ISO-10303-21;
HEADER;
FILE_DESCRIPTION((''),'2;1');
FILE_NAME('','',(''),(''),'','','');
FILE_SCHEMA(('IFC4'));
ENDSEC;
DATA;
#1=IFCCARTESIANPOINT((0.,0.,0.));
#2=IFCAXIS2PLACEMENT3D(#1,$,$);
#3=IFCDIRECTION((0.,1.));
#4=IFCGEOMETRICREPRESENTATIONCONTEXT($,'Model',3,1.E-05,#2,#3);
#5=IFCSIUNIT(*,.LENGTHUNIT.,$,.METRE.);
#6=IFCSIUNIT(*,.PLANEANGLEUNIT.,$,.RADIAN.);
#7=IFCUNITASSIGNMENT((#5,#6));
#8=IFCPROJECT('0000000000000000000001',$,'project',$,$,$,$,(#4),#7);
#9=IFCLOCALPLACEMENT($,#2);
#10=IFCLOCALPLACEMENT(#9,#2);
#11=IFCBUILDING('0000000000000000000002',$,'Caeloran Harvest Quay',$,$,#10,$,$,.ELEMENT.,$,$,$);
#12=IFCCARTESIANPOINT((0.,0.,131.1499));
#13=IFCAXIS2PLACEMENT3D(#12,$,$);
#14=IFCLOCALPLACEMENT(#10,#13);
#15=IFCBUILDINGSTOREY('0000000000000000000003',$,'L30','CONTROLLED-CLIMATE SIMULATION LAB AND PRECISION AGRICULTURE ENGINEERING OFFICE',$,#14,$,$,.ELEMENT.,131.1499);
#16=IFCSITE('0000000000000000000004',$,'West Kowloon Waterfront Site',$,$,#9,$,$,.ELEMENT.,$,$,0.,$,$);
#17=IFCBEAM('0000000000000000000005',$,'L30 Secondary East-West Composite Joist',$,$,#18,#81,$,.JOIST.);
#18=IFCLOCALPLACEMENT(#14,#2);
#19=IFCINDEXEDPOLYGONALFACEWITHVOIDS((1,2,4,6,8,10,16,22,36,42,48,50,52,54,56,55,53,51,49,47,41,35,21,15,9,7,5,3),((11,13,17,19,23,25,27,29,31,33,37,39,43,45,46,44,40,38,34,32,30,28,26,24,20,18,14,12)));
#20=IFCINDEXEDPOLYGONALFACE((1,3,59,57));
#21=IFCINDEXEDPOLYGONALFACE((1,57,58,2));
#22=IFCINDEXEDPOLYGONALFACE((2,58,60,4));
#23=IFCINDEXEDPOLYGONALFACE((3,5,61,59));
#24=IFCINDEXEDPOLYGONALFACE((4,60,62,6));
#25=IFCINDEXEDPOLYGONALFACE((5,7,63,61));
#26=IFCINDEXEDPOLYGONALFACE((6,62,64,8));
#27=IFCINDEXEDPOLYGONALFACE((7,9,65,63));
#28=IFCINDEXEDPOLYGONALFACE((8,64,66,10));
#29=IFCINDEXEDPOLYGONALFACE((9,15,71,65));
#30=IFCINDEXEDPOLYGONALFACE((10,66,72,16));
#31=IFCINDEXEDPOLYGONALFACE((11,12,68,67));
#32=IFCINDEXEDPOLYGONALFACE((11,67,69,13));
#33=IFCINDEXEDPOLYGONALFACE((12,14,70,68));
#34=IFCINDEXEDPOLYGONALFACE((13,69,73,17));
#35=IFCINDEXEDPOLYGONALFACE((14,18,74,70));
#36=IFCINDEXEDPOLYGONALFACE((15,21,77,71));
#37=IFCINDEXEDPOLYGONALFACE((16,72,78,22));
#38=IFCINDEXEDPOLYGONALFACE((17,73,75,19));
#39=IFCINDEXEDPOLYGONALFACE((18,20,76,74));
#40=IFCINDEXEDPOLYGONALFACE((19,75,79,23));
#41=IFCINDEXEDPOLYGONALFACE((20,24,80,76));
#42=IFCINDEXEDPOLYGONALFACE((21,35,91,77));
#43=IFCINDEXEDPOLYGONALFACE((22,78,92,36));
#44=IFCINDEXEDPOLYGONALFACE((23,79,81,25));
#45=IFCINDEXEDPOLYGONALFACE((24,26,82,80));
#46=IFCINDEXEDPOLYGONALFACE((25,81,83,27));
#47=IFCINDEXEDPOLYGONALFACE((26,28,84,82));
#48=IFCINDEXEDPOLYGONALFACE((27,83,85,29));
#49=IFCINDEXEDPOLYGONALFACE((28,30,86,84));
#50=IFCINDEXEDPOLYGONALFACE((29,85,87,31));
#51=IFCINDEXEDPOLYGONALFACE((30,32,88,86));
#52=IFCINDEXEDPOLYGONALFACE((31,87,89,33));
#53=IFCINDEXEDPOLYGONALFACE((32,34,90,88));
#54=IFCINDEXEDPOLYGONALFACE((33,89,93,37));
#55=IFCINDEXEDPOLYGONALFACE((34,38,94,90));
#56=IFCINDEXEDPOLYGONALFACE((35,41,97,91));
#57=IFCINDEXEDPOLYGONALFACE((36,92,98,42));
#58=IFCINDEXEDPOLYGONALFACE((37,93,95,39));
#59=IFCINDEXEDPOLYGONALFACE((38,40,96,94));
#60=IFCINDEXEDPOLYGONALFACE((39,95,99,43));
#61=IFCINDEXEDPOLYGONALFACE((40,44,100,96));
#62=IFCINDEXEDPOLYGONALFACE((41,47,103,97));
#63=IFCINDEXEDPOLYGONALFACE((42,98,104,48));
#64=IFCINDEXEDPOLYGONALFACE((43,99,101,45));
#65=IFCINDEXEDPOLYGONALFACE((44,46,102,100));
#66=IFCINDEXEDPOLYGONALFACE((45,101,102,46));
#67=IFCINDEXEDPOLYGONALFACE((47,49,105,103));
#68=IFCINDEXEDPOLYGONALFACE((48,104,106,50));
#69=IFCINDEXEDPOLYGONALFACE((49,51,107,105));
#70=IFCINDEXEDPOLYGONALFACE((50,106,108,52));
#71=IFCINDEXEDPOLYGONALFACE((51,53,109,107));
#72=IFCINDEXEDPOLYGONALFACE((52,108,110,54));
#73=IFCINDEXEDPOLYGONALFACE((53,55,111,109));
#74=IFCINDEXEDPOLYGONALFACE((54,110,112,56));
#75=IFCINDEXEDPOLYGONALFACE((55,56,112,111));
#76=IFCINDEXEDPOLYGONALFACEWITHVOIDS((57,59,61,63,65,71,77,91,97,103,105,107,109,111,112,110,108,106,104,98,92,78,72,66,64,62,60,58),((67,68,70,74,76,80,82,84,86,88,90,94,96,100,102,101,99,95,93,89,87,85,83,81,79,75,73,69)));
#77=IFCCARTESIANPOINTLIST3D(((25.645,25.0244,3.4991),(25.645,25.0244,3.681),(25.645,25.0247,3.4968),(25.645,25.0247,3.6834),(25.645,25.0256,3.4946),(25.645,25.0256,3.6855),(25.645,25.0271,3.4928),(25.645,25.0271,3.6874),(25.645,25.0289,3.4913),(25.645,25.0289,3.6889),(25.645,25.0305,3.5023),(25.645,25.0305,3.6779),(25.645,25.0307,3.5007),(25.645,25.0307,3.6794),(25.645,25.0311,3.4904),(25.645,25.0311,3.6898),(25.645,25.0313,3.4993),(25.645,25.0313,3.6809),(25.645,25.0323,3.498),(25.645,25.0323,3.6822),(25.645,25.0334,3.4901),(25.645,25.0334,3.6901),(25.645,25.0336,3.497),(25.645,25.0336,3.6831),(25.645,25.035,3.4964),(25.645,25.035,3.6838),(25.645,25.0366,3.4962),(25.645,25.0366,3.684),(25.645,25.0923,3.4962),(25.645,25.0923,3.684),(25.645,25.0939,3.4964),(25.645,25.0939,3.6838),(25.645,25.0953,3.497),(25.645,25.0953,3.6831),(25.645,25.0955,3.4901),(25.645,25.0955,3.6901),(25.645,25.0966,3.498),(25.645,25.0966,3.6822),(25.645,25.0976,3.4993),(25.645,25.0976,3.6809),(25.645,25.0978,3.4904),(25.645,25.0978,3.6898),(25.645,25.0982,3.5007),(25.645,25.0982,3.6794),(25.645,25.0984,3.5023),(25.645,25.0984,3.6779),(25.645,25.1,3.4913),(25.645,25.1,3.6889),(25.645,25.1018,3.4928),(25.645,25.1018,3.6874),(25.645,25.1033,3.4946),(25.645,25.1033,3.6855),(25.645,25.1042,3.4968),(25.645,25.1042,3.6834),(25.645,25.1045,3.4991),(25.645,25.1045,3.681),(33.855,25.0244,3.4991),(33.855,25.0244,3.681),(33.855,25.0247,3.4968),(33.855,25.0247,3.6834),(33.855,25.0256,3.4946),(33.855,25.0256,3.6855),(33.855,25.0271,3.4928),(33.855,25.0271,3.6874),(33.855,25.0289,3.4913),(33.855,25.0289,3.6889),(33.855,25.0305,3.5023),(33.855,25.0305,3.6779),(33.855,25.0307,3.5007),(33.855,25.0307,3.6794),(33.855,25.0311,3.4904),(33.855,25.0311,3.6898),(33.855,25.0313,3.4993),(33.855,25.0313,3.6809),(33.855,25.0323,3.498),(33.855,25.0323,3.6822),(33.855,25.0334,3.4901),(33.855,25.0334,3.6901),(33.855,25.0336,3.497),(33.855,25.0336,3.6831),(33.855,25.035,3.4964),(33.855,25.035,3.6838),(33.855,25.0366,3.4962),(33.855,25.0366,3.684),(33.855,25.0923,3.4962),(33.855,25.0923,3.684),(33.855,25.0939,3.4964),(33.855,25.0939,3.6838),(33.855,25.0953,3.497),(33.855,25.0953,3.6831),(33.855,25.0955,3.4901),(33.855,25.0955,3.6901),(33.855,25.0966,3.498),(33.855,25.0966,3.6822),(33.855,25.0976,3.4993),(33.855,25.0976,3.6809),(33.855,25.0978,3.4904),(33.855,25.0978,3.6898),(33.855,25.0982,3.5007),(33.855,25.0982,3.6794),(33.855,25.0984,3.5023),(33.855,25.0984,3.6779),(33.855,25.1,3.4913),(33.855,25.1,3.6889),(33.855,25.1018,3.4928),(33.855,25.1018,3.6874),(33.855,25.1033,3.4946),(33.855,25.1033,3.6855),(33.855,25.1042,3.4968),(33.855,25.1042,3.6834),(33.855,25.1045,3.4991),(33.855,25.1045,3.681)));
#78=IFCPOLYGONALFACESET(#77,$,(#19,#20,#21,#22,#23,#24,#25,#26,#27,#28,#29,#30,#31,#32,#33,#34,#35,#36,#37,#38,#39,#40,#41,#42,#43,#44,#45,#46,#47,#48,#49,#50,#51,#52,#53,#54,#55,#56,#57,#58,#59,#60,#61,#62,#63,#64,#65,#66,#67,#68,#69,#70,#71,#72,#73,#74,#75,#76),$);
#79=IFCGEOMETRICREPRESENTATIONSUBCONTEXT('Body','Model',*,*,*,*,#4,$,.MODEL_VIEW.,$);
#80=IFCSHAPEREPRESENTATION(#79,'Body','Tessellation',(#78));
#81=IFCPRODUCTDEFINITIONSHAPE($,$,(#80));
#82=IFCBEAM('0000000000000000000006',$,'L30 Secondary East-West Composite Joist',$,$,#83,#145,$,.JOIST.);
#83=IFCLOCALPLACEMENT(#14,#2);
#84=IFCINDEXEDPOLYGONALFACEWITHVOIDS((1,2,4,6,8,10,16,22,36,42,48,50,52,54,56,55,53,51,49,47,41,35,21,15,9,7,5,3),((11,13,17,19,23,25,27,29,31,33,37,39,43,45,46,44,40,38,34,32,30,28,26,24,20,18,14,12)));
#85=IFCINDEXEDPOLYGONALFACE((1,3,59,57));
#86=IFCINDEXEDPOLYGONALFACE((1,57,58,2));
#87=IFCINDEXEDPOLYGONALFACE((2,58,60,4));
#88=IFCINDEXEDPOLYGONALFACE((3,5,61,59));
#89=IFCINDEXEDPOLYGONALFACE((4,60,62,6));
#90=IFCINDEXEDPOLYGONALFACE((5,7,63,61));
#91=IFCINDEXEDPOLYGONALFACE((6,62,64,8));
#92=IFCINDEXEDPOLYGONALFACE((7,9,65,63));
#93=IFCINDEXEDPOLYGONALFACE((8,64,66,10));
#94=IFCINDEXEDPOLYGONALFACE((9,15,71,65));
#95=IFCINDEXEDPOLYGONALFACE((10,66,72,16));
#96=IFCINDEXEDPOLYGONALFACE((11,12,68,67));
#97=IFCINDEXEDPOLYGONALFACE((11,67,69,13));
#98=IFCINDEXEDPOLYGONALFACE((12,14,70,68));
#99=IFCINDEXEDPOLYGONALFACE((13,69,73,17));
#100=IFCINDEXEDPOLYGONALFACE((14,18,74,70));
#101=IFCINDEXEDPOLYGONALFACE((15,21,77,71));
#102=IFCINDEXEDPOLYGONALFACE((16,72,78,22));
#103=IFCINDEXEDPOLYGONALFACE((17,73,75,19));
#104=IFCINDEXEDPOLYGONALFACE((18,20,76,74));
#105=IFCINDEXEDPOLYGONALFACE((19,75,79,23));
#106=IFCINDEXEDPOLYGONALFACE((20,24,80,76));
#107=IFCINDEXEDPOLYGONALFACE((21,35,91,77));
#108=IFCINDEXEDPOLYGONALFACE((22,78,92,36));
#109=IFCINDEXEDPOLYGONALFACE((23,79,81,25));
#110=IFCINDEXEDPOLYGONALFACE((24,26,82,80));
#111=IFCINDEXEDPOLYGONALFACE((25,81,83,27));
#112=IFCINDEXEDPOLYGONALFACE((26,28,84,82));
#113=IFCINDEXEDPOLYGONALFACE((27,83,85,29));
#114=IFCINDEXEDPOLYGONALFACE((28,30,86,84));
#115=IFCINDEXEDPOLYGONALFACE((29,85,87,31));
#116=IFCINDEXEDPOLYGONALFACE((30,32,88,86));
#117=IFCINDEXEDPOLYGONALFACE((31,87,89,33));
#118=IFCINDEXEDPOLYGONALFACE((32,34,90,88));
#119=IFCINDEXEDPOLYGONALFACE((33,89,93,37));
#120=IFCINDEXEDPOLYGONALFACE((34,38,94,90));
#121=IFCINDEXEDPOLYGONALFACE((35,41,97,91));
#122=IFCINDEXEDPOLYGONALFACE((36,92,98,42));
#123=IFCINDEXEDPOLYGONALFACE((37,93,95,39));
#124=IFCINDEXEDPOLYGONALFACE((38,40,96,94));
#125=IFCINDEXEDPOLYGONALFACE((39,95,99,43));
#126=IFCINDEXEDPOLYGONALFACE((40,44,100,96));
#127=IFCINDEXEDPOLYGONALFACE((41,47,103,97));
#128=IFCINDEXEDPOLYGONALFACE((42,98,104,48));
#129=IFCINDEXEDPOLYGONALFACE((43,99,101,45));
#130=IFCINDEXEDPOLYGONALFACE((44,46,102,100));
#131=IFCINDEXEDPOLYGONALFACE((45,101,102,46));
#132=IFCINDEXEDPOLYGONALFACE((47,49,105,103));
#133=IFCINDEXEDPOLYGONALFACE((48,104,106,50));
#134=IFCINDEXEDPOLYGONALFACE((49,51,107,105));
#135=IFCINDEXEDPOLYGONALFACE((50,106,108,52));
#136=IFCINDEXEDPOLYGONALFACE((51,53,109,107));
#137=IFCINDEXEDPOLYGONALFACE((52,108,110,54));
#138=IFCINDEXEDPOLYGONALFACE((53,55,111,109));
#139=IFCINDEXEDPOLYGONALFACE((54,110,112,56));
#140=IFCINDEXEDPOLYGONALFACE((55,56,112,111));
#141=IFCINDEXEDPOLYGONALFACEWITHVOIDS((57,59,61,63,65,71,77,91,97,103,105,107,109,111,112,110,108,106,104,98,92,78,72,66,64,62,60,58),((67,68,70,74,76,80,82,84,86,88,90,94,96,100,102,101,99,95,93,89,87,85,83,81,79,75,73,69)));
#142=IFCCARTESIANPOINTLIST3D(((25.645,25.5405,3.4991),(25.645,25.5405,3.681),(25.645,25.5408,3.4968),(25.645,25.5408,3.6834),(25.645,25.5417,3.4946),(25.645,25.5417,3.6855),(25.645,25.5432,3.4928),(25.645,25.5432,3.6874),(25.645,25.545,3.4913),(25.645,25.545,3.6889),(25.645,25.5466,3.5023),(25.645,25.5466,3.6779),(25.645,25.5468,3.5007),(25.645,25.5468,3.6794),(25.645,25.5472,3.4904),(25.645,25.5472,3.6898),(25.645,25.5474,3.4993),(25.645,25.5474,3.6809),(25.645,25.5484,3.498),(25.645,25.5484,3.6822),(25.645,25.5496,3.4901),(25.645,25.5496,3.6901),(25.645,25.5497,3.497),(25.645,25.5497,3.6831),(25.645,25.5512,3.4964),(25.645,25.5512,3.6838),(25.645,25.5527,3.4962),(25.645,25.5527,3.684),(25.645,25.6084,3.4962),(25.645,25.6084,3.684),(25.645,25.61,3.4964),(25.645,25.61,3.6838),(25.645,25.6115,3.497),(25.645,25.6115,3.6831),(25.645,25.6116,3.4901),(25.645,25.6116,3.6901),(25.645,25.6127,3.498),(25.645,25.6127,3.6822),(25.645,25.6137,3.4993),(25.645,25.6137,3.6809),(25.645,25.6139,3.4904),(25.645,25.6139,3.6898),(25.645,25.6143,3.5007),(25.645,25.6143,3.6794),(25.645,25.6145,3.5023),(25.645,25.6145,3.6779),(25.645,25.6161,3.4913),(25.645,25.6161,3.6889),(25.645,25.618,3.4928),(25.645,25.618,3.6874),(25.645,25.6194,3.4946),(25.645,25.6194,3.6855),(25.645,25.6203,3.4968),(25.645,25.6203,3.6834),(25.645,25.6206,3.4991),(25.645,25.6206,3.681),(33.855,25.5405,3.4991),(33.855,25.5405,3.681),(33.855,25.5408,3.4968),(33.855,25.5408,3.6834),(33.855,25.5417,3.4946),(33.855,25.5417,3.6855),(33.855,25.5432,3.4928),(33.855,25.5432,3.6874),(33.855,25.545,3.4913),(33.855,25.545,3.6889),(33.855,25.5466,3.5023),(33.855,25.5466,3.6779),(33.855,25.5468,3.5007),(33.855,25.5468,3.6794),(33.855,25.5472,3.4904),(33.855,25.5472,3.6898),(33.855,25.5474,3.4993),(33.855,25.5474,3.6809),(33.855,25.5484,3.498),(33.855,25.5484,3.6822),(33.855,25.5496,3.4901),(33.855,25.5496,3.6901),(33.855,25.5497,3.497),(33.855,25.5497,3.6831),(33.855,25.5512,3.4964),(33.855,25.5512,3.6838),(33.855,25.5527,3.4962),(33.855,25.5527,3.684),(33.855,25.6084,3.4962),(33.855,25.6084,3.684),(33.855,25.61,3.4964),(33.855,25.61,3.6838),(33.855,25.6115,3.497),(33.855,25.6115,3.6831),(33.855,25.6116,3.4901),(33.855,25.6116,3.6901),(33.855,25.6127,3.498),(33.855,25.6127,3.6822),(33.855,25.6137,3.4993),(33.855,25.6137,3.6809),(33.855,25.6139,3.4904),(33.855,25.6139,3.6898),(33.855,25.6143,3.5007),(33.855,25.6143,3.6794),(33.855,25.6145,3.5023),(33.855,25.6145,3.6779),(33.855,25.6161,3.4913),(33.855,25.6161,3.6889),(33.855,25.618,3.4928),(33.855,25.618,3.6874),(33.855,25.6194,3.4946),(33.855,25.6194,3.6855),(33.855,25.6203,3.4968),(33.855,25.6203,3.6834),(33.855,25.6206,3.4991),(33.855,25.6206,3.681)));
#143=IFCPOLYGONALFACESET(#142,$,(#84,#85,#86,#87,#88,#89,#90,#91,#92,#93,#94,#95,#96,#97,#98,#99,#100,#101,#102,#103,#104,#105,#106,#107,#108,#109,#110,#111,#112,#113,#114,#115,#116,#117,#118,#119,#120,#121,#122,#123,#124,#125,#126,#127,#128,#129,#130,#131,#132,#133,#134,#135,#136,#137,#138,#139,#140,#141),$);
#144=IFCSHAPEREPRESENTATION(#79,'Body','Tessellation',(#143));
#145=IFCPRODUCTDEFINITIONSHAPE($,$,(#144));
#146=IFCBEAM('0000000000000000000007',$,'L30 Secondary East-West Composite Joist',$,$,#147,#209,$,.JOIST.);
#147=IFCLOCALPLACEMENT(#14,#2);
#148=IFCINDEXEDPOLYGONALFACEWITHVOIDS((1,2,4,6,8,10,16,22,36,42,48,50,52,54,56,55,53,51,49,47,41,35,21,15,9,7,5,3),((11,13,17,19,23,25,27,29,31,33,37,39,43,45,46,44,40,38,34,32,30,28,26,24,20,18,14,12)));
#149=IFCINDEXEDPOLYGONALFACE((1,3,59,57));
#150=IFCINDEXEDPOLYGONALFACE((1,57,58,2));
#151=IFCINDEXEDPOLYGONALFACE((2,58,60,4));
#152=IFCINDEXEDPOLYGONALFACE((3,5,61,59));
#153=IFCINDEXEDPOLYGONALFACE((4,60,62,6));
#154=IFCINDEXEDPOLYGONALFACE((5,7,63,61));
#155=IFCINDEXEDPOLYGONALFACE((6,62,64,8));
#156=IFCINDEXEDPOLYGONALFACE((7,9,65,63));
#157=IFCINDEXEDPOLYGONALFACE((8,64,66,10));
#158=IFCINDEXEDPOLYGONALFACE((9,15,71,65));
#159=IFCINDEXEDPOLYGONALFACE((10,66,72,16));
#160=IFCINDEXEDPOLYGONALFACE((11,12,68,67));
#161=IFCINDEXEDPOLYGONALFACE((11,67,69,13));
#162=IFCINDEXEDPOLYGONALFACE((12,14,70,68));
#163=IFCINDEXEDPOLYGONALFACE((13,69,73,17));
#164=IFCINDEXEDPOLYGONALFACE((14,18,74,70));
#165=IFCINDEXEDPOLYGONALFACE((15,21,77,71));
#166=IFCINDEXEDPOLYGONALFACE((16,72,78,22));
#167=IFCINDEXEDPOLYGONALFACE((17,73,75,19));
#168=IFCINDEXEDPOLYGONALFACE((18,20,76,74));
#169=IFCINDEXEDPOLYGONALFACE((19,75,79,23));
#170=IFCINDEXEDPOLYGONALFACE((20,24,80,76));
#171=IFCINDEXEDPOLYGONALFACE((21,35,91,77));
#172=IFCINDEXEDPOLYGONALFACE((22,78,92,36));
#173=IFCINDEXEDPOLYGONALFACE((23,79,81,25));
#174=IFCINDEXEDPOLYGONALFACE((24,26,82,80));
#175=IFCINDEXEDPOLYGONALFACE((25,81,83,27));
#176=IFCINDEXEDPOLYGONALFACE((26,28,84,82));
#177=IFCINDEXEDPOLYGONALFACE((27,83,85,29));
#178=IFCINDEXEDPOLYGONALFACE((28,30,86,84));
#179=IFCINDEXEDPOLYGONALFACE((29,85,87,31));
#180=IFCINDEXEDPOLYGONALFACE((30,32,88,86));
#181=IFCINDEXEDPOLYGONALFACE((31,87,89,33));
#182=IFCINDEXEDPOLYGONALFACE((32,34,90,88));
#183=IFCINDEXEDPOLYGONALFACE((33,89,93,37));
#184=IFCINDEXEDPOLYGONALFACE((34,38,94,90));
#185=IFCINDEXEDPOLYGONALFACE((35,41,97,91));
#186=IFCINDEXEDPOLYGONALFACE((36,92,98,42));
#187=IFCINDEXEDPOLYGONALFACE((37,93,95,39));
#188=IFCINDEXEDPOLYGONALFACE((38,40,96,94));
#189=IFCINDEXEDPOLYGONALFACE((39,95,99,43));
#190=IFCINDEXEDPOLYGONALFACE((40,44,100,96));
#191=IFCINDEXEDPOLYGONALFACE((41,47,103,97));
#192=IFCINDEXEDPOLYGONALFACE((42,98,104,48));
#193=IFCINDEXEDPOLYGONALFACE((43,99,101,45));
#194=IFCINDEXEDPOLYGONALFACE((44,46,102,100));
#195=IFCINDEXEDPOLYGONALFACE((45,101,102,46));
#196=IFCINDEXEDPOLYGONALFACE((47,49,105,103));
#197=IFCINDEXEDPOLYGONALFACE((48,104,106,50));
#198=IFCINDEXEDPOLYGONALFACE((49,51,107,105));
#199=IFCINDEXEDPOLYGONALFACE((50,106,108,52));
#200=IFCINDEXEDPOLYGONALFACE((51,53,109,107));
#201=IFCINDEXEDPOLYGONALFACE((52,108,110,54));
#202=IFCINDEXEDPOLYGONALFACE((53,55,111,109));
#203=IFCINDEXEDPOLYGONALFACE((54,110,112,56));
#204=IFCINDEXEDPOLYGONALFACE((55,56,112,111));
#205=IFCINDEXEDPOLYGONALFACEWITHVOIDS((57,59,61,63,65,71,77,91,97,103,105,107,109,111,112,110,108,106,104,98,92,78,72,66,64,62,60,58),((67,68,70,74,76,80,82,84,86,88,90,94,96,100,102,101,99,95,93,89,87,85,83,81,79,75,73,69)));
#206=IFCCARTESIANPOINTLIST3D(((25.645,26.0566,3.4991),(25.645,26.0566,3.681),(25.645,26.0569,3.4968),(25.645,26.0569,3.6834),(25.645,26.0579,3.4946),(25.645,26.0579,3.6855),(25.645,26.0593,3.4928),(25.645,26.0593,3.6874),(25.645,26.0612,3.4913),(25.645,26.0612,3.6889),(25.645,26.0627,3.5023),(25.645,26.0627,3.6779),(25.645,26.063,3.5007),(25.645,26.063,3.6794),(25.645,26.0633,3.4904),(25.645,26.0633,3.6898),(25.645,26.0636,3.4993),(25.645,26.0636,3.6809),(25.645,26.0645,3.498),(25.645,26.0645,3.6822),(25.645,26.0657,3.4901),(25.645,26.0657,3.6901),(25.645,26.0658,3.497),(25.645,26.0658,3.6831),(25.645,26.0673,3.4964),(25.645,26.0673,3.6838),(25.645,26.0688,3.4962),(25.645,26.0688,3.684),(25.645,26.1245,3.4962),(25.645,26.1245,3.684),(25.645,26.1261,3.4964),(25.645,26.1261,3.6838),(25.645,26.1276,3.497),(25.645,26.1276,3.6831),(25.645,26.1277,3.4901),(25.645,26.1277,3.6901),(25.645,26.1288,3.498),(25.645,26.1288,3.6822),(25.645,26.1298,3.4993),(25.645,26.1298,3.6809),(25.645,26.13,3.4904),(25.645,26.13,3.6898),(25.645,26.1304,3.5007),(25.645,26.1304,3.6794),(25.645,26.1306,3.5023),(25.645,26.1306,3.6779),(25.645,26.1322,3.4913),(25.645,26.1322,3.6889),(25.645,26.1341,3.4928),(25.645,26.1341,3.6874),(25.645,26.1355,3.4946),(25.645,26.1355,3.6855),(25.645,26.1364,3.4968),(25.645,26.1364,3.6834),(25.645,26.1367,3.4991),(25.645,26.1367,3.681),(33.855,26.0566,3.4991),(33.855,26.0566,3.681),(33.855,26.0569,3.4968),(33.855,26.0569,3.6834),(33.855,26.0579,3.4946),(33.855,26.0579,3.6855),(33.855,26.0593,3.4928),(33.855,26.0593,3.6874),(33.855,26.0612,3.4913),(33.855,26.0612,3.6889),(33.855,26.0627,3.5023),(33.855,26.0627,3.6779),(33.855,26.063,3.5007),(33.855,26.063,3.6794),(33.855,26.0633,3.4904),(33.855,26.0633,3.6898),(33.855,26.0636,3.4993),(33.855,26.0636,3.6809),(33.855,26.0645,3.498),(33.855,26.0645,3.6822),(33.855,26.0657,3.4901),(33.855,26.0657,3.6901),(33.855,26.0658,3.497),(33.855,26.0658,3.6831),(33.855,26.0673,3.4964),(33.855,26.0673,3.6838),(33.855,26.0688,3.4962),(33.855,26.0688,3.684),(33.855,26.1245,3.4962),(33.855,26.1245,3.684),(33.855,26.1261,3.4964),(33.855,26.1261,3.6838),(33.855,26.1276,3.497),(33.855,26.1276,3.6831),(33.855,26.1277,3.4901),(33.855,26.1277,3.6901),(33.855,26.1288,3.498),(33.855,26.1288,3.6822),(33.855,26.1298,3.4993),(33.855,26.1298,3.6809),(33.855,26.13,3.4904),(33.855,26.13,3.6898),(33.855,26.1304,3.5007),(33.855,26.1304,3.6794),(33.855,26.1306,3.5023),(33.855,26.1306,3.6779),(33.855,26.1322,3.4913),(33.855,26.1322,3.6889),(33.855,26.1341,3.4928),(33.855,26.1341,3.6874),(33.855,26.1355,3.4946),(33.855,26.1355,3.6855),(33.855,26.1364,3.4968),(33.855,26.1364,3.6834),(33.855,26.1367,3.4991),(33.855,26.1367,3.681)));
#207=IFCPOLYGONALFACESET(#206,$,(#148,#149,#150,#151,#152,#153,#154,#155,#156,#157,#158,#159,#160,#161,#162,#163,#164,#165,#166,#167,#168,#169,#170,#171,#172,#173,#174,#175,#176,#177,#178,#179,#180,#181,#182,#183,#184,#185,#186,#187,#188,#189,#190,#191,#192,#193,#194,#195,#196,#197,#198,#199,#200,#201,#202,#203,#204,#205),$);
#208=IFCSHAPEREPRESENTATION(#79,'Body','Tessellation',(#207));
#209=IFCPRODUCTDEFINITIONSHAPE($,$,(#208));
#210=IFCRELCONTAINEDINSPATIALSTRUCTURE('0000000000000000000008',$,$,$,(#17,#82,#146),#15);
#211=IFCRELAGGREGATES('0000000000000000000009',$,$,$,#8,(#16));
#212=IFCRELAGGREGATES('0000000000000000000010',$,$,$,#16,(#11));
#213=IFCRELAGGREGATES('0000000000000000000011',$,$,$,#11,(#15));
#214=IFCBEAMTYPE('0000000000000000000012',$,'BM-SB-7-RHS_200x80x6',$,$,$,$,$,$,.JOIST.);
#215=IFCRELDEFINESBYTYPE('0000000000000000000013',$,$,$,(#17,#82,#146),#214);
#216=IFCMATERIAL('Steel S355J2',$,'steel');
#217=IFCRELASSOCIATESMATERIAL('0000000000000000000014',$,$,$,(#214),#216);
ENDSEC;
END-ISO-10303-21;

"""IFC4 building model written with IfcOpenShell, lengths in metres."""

from ifc_helpers import new_model, si_unit, direction, frame, origin, origin_2d, place, context, subcontext, project, spatial, hollow_rectangle, extrude, material, material_profile, profile_set, type_object, element, save


model = new_model("IFC4")

# Units and contexts
model_context = context("Model", 3, precision=1e-05, world=origin(), true_north=direction((0.0, 1.0)))
body_context = subcontext(model_context, "Body", "Model", "MODEL_VIEW")
ifc_project = project(units=[si_unit("LENGTHUNIT", "METRE"), si_unit("PLANEANGLEUNIT", "RADIAN")], contexts=[model_context])

# Site, building, storey
site_placement = place(None, origin())
site = spatial("IfcSite", under=ifc_project, at=site_placement, Name="West Kowloon Waterfront Site", CompositionType="ELEMENT", RefElevation=0.0)
building_placement = place(site_placement, origin())
building = spatial("IfcBuilding", under=site, at=building_placement, Name="Caeloran Harvest Quay", CompositionType="ELEMENT")
storey_placement = place(building_placement, frame((0.0, 0.0, 131.1499)))
storey = spatial("IfcBuildingStorey", under=building, at=storey_placement, Name="L30", Description="CONTROLLED-CLIMATE SIMULATION LAB AND PRECISION AGRICULTURE ENGINEERING OFFICE", CompositionType="ELEMENT", Elevation=131.1499)

# Beams
ifc_material_1 = material(Name="Steel S355J2", Category="steel")
ifc_material_profile_1 = material_profile(ifc_material_1, hollow_rectangle(XDim=0.0801, YDim=0.2, WallThickness=0.0061, InnerFilletRadius=0.0061, OuterFilletRadius=0.009, at=origin_2d()), Name="RHS 200x80x6")
ifc_profile_set_1 = profile_set([ifc_material_profile_1], Name="Steel S355J2")
beam_type_1 = type_object("IfcBeamType", Name="BM-SB-7-RHS_200x80x6", PredefinedType="JOIST", material=ifc_profile_set_1)
for number, where, z_axis, x_axis, name in (
    (1, (25.645, 25.0645, 3.5901), (1.0, 0.0, 0.0), (0.0, 1.0, 0.0), "L30 Secondary East-West Composite Joist"),
    (2, (25.645, 25.5806, 3.5901), (1.0, 0.0, 0.0), (0.0, 1.0, 0.0), "L30 Secondary East-West Composite Joist"),
    (3, (25.645, 26.0967, 3.5901), (1.0, 0.0, 0.0), (0.0, 1.0, 0.0), "L30 Secondary East-West Composite Joist"),
):
    element("IfcBeam", number, at=place(storey_placement, frame(where, z_axis=z_axis, x_axis=x_axis)), inside=storey, type_object=beam_type_1, Name=name, PredefinedType="JOIST", context=body_context, shape_type="SweptSolid", body=[
        extrude(hollow_rectangle(XDim=0.0801, YDim=0.2, WallThickness=0.0061, InnerFilletRadius=0.0061, OuterFilletRadius=0.009, at=origin_2d()), origin(), (0.0, 0.0, 1.0), 8.21),
    ])

save(model, "model.ifc")
